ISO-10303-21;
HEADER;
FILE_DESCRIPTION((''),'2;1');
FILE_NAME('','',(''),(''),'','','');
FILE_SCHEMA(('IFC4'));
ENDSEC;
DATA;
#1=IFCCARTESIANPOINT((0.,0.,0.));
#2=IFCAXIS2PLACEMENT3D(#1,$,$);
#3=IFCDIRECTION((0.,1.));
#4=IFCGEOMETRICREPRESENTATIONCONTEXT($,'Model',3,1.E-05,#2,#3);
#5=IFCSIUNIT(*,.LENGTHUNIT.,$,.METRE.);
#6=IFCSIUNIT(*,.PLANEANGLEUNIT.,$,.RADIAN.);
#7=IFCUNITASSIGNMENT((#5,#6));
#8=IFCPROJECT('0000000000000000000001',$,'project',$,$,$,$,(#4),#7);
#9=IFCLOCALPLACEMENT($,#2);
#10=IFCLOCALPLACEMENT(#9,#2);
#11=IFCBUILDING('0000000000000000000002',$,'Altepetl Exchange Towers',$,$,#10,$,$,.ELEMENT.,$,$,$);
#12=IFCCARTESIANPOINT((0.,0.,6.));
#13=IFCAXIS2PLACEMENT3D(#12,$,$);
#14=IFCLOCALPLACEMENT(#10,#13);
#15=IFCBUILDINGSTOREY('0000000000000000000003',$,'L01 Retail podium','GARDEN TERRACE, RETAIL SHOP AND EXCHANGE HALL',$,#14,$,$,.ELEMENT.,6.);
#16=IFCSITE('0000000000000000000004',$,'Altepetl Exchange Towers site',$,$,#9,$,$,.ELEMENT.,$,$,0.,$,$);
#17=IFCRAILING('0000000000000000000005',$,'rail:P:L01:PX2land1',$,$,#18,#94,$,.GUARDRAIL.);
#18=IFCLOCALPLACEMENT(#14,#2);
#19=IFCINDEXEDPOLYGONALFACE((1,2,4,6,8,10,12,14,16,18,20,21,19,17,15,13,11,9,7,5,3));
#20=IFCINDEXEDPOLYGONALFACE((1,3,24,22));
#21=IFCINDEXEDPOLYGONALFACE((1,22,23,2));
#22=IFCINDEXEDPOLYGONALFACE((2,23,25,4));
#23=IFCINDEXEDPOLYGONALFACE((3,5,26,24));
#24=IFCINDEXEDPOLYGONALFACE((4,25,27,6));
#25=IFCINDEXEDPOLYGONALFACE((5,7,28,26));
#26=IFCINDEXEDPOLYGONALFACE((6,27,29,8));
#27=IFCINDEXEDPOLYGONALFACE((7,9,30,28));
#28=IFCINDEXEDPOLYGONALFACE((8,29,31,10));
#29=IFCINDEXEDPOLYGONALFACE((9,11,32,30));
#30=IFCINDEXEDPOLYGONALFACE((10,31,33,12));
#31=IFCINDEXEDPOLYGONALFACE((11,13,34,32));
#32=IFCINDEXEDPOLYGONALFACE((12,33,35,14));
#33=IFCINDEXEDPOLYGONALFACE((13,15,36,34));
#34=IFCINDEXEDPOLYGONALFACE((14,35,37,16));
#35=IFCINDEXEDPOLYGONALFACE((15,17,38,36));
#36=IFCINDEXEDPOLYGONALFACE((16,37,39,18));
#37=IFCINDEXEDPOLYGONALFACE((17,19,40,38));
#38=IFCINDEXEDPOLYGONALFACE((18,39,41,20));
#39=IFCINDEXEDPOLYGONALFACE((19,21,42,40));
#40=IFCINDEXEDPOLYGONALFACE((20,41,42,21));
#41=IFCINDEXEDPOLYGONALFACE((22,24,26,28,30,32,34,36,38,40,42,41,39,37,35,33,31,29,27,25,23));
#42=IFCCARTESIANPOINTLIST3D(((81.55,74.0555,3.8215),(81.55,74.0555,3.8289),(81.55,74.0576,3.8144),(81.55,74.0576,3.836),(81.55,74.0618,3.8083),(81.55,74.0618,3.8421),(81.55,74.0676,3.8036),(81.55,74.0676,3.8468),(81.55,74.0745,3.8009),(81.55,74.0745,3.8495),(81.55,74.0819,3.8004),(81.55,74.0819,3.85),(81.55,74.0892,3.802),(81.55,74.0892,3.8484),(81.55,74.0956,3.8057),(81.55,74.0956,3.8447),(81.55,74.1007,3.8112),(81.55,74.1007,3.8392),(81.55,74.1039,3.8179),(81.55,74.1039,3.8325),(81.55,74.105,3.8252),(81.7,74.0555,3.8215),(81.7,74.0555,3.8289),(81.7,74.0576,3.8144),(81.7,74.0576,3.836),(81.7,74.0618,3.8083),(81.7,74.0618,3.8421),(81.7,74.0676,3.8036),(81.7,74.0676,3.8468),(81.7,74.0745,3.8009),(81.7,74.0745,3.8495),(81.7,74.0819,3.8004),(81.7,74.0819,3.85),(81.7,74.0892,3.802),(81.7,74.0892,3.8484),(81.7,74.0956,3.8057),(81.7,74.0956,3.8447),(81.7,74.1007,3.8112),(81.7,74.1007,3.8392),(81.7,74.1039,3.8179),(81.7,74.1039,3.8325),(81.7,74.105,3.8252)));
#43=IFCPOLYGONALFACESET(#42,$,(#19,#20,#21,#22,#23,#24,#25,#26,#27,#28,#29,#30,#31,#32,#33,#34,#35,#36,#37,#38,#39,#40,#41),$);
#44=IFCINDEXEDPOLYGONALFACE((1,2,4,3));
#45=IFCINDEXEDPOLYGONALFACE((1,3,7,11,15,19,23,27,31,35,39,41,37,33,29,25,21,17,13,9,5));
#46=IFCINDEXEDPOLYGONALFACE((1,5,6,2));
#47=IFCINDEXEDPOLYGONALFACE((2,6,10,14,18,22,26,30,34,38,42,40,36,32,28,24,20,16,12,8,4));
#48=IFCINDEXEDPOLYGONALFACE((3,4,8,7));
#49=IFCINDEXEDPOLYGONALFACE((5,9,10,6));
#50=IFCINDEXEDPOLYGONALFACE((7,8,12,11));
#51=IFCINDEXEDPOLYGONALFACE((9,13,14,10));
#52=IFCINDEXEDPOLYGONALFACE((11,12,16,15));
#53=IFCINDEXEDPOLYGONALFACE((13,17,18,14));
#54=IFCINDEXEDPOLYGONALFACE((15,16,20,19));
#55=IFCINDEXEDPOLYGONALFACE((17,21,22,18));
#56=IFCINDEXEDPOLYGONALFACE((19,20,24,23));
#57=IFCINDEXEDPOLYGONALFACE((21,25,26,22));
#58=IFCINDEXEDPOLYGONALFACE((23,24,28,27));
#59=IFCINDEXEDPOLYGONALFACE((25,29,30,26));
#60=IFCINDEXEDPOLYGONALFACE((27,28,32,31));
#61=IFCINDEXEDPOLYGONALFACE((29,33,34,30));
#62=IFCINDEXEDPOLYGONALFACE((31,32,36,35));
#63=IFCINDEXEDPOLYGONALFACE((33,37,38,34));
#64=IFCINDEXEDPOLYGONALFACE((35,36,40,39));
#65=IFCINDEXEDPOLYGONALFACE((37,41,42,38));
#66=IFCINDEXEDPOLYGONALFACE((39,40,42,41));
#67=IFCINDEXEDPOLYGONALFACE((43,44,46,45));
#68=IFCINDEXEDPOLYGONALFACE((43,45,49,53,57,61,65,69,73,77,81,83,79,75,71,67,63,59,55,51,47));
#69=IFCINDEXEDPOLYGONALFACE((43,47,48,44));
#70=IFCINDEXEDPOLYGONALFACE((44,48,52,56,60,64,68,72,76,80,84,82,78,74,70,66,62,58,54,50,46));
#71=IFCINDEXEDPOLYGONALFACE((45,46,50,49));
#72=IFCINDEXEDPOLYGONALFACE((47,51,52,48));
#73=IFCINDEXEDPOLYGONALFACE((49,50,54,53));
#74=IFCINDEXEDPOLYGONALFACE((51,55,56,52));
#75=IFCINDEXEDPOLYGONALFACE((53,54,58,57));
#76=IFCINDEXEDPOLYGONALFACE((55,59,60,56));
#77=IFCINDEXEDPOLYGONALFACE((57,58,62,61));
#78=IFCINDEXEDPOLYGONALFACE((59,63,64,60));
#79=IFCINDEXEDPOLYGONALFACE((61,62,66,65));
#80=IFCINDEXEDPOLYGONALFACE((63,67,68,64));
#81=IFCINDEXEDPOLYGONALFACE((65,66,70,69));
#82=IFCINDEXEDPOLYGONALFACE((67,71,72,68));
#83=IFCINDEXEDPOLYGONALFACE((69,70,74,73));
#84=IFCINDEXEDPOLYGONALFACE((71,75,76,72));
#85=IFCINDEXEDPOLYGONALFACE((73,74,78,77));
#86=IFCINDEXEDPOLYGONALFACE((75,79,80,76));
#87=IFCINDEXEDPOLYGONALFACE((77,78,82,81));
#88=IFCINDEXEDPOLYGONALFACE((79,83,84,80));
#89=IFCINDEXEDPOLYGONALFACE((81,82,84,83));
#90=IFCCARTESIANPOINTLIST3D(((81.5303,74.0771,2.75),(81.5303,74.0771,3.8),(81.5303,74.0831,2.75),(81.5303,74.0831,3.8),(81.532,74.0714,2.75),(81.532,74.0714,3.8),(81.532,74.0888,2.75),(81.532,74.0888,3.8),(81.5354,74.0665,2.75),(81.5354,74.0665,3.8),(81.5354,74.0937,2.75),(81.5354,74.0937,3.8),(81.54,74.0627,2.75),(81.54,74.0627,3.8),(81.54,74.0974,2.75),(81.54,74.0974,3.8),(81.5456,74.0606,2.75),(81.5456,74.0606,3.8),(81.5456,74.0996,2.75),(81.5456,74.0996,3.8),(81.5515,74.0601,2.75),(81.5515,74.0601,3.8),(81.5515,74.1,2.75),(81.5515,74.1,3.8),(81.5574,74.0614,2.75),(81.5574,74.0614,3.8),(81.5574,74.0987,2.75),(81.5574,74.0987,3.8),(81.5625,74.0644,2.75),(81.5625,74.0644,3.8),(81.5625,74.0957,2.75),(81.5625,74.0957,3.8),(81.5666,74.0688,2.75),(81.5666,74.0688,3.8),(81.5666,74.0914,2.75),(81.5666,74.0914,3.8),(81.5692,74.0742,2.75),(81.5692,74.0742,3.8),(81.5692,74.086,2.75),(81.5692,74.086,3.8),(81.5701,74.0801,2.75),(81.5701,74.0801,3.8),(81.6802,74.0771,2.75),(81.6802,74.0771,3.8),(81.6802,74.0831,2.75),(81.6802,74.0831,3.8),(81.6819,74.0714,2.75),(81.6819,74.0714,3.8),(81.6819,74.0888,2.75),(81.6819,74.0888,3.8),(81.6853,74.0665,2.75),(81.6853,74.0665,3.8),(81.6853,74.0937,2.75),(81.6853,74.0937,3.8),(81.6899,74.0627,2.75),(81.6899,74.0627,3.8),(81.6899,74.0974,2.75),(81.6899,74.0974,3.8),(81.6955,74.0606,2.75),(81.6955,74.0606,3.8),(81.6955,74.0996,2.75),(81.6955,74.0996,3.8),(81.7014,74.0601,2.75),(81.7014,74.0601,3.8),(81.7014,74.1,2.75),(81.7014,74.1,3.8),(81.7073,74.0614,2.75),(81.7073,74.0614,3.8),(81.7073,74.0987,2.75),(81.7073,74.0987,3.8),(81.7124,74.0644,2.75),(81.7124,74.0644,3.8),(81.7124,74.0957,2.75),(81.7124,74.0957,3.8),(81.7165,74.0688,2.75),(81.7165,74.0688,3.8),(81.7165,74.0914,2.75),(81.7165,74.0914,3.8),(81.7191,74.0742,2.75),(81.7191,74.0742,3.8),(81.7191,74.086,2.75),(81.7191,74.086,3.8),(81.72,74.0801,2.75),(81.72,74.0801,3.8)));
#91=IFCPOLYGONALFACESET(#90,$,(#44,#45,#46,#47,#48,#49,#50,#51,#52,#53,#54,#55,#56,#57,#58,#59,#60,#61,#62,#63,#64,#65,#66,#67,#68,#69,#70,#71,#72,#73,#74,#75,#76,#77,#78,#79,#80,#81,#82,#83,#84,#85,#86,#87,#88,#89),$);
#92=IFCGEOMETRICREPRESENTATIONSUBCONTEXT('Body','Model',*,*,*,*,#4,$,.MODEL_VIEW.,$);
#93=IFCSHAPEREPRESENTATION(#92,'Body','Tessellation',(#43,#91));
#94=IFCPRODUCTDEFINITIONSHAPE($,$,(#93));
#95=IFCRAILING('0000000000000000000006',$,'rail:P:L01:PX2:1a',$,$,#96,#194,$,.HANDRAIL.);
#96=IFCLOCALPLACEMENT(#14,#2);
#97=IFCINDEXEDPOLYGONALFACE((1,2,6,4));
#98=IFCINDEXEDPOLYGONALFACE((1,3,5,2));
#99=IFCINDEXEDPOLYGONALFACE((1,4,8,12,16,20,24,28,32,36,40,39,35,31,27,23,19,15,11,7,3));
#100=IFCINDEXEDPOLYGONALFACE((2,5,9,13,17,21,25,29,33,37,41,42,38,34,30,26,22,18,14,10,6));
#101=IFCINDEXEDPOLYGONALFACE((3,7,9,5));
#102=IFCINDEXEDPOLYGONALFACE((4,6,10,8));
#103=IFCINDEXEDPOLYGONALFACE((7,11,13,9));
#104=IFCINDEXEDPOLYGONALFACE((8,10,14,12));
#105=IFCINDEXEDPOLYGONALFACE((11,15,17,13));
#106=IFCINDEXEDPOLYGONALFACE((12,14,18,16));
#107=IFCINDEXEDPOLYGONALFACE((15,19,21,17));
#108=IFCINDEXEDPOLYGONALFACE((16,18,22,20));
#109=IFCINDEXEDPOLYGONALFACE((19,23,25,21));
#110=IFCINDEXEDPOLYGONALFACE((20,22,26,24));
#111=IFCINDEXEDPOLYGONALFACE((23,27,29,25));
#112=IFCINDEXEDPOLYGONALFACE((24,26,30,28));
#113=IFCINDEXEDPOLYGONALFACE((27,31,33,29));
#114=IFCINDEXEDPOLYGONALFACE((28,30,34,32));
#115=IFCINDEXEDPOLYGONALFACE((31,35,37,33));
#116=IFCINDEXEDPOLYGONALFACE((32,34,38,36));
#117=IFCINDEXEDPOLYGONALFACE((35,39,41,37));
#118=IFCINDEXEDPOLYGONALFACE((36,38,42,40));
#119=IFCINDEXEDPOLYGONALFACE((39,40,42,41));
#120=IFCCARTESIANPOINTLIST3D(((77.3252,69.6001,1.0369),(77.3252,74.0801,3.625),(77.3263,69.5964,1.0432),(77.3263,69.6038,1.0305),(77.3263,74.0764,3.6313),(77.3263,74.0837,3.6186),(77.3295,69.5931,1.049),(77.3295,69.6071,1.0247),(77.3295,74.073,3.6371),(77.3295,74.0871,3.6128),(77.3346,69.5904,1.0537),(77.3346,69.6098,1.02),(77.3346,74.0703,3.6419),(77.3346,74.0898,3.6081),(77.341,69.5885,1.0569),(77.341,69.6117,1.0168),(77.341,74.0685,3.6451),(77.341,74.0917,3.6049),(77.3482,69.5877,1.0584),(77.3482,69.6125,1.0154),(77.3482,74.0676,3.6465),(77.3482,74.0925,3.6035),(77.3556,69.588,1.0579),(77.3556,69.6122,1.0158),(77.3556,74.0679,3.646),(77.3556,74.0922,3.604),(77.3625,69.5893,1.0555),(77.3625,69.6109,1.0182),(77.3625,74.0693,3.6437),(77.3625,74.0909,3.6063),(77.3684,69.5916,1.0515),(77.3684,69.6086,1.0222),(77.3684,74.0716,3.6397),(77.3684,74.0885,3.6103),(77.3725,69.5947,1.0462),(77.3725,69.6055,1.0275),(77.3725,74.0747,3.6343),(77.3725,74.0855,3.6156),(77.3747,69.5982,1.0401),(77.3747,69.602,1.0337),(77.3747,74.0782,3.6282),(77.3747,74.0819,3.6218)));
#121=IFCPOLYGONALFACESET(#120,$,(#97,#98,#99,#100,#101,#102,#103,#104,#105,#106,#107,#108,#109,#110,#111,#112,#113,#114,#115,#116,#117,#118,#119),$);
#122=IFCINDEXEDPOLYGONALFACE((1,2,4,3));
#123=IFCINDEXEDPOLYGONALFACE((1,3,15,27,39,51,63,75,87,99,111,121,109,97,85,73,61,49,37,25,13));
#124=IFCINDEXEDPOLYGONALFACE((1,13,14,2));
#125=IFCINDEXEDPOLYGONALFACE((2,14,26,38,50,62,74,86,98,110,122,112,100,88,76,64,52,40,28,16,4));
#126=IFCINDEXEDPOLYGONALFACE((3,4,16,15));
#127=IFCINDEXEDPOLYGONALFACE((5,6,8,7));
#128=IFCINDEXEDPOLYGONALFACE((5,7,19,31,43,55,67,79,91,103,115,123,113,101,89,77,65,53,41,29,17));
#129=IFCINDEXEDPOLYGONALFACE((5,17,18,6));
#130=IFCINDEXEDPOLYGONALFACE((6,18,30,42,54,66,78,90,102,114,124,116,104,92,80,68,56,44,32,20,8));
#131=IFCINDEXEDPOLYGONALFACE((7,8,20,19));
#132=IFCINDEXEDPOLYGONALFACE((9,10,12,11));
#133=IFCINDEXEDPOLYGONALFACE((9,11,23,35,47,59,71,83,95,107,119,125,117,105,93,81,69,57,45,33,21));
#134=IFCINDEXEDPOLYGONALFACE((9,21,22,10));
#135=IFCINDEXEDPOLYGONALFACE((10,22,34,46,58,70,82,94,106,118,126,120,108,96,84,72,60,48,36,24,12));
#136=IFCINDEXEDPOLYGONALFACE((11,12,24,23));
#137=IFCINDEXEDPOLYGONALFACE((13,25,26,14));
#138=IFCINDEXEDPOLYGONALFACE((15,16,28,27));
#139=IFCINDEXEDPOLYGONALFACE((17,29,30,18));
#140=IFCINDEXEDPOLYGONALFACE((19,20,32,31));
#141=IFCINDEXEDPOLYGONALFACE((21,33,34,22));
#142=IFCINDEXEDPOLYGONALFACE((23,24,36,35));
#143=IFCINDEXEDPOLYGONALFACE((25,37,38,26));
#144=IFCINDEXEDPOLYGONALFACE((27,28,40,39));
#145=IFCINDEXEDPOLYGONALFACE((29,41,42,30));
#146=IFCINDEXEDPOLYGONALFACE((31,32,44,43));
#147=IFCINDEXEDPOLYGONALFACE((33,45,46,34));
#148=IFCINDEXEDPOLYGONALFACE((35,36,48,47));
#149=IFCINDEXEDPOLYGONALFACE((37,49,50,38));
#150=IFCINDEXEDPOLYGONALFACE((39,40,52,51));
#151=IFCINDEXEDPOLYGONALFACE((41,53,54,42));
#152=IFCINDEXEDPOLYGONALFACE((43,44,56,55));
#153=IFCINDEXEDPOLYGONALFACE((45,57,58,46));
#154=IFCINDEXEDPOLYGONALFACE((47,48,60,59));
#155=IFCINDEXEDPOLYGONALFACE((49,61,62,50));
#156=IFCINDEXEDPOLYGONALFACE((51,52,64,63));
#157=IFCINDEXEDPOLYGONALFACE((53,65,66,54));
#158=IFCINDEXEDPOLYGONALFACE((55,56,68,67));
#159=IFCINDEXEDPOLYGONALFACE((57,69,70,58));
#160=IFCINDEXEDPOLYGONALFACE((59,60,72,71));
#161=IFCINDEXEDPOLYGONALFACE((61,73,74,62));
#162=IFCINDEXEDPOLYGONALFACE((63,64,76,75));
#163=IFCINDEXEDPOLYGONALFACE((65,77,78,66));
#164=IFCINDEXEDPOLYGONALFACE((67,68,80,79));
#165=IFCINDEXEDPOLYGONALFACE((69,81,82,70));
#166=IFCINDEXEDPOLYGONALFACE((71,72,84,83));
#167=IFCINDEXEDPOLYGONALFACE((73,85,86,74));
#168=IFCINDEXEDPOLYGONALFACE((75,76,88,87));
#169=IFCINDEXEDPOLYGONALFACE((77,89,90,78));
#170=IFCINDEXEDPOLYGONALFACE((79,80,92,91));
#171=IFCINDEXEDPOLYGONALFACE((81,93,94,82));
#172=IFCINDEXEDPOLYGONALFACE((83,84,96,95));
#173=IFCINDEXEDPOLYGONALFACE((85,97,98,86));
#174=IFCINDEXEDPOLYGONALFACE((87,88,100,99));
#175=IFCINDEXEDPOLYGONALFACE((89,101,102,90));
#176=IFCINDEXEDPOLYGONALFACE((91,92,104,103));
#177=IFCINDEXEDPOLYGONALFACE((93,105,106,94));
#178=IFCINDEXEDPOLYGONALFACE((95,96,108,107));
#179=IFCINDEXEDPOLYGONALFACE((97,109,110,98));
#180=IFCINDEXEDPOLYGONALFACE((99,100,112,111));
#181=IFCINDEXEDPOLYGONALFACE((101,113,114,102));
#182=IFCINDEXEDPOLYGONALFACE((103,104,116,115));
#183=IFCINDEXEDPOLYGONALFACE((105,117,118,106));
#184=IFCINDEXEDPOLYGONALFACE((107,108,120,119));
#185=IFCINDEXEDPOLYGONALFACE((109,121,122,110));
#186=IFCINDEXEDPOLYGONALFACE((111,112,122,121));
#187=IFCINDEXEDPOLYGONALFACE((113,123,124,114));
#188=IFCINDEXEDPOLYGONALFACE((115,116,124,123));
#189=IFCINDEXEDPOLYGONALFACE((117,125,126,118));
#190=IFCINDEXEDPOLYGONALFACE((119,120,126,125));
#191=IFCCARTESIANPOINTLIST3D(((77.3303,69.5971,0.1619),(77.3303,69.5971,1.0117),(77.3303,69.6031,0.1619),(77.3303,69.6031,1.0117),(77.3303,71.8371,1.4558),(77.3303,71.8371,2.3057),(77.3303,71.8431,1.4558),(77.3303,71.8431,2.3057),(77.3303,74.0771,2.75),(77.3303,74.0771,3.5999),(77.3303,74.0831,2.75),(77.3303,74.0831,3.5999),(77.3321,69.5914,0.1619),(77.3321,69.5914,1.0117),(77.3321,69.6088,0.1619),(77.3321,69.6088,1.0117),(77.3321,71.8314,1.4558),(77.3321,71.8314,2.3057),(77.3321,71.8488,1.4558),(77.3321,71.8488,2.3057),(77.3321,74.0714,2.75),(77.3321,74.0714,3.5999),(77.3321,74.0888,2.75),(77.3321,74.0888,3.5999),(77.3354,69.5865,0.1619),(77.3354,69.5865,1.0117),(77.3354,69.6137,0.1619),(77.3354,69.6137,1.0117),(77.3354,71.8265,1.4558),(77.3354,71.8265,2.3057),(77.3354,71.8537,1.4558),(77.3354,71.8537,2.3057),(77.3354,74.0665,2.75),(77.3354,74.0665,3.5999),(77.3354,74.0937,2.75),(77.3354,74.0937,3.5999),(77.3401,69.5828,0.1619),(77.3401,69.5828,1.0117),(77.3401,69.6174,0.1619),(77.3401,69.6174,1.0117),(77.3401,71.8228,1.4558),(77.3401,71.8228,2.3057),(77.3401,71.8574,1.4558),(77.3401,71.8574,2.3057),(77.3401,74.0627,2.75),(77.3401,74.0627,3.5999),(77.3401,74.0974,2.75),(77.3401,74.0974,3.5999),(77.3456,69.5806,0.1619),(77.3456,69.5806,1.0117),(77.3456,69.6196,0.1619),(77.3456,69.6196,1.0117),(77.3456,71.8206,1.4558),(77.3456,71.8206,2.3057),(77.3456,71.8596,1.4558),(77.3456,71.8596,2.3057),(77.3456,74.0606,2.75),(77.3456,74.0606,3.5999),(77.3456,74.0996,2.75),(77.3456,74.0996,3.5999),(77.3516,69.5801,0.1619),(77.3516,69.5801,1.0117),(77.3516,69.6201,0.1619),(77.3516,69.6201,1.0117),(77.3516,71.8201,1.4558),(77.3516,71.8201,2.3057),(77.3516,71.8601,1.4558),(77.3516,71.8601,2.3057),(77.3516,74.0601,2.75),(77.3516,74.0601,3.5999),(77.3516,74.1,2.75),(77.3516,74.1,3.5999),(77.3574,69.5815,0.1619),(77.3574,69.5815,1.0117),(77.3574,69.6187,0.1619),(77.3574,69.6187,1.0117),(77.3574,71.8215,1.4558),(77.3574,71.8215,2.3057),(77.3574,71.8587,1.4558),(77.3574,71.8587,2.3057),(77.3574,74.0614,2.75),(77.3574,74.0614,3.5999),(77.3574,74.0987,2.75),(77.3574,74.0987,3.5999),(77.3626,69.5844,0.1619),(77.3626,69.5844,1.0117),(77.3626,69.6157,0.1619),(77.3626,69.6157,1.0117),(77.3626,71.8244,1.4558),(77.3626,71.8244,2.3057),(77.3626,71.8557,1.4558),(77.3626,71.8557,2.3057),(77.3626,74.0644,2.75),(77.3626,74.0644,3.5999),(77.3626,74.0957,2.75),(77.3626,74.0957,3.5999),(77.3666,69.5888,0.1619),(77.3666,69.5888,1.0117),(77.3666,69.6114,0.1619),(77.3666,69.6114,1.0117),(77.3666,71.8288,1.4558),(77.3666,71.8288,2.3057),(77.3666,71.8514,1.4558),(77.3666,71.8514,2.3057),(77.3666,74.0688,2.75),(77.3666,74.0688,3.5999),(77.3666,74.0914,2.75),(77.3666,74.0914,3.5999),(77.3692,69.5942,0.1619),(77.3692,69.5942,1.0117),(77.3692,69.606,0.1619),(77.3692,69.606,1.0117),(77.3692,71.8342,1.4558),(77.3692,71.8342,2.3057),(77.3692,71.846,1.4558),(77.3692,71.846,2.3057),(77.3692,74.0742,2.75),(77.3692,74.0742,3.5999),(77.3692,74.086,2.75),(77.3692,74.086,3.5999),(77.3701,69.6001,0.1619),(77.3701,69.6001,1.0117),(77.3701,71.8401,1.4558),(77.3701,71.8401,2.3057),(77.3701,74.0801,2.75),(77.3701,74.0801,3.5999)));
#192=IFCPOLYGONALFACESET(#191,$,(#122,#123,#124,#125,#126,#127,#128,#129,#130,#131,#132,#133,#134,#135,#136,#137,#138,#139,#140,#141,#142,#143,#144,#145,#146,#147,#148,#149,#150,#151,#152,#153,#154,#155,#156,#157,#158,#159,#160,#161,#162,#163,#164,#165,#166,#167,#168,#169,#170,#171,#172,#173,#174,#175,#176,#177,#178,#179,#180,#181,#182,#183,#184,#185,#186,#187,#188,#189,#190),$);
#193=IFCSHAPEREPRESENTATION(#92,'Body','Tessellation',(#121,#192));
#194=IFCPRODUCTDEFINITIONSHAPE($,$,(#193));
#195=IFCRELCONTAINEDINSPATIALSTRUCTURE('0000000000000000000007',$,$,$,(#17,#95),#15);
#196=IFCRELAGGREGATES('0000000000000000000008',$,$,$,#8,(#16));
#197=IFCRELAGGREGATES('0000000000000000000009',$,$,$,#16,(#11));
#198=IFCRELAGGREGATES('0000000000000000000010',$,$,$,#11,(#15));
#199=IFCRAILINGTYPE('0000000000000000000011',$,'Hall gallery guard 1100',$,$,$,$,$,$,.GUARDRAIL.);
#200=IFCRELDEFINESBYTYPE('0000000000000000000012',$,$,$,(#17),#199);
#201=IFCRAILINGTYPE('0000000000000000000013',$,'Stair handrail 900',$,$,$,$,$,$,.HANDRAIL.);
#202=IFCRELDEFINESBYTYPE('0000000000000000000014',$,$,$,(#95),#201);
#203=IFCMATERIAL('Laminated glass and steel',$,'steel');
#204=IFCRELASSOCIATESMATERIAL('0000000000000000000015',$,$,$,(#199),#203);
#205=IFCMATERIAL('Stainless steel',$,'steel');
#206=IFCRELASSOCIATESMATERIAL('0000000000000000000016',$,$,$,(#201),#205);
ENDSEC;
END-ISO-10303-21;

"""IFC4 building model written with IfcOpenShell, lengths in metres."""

from ifc_helpers import new_model, si_unit, direction, frame, origin, origin_2d, place, context, subcontext, project, spatial, circle, extrude, source, transform, mapped, material, type_object, element, save


model = new_model("IFC4")

# Units and contexts
model_context = context("Model", 3, precision=1e-05, world=origin(), true_north=direction((0.0, 1.0)))
body_context = subcontext(model_context, "Body", "Model", "MODEL_VIEW")
ifc_project = project(units=[si_unit("LENGTHUNIT", "METRE"), si_unit("PLANEANGLEUNIT", "RADIAN")], contexts=[model_context])

# Site, building, storey
site_placement = place(None, origin())
site = spatial("IfcSite", under=ifc_project, at=site_placement, Name="Altepetl Exchange Towers site", CompositionType="ELEMENT", RefElevation=0.0)
building_placement = place(site_placement, origin())
building = spatial("IfcBuilding", under=site, at=building_placement, Name="Altepetl Exchange Towers", CompositionType="ELEMENT")
storey_placement = place(building_placement, frame((0.0, 0.0, 6.0)))
storey = spatial("IfcBuildingStorey", under=building, at=storey_placement, Name="L01 Retail podium", Description="GARDEN TERRACE, RETAIL SHOP AND EXCHANGE HALL", CompositionType="ELEMENT", Elevation=6.0)

# Railings
ifc_material_1 = material(Name="Laminated glass and steel", Category="steel")
railing_type_1 = type_object("IfcRailingType", Name="Hall gallery guard 1100", PredefinedType="GUARDRAIL", material=ifc_material_1)
shared_shape_1 = source(origin(), body_context, "Body", "SweptSolid", [
    extrude(circle(Radius=0.02, at=origin_2d()), origin(), (0.0, 0.0, 1.0), 1.05),
])
railing_1_placement = place(storey_placement, frame((81.55, 74.0801, 2.75)))
element("IfcRailing", 1, at=railing_1_placement, inside=storey, type_object=railing_type_1, Name="rail:P:L01:PX2land1", PredefinedType="GUARDRAIL", context=body_context, shape_type="SweptSolid", body=[
    extrude(circle(Radius=0.0249, at=origin_2d()), frame((0.0, 0.0, 1.0752), z_axis=(1.0, 0.0, 0.0), x_axis=(0.0, 1.0, 0.0)), (0.0, 0.0, 1.0), 0.1499),
    mapped(shared_shape_1, transform((0.0, 0.0, 0.0))),
    mapped(shared_shape_1, transform((0.1499, 0.0, 0.0))),
])
ifc_material_2 = material(Name="Stainless steel", Category="steel")
railing_type_2 = type_object("IfcRailingType", Name="Stair handrail 900", PredefinedType="HANDRAIL", material=ifc_material_2)
shared_shape_2 = source(origin(), body_context, "Body", "SweptSolid", [
    extrude(circle(Radius=0.02, at=origin_2d()), origin(), (0.0, 0.0, 1.0), 0.8499),
])
for number, where, name in (
    (2, (77.3501, 69.6001, 0.1619), "rail:P:L01:PX2:1a"),
):
    element("IfcRailing", number, at=place(storey_placement, frame(where)), inside=storey, type_object=railing_type_2, Name=name, PredefinedType="HANDRAIL", context=body_context, shape_type="SweptSolid", body=[
        extrude(circle(Radius=0.0249, at=origin_2d()), frame((0.0, 0.0, 0.875), z_axis=(0.0, 0.86589, 0.500234), x_axis=(-1.0, 0.0, 0.0)), (0.0, 0.0, 1.0), 5.1738),
        mapped(shared_shape_2, transform((0.0, 0.0, 0.0))),
        mapped(shared_shape_2, transform((0.0, 2.24, 1.2939))),
        mapped(shared_shape_2, transform((0.0, 4.48, 2.5881))),
    ])

save(model, "model.ifc")
